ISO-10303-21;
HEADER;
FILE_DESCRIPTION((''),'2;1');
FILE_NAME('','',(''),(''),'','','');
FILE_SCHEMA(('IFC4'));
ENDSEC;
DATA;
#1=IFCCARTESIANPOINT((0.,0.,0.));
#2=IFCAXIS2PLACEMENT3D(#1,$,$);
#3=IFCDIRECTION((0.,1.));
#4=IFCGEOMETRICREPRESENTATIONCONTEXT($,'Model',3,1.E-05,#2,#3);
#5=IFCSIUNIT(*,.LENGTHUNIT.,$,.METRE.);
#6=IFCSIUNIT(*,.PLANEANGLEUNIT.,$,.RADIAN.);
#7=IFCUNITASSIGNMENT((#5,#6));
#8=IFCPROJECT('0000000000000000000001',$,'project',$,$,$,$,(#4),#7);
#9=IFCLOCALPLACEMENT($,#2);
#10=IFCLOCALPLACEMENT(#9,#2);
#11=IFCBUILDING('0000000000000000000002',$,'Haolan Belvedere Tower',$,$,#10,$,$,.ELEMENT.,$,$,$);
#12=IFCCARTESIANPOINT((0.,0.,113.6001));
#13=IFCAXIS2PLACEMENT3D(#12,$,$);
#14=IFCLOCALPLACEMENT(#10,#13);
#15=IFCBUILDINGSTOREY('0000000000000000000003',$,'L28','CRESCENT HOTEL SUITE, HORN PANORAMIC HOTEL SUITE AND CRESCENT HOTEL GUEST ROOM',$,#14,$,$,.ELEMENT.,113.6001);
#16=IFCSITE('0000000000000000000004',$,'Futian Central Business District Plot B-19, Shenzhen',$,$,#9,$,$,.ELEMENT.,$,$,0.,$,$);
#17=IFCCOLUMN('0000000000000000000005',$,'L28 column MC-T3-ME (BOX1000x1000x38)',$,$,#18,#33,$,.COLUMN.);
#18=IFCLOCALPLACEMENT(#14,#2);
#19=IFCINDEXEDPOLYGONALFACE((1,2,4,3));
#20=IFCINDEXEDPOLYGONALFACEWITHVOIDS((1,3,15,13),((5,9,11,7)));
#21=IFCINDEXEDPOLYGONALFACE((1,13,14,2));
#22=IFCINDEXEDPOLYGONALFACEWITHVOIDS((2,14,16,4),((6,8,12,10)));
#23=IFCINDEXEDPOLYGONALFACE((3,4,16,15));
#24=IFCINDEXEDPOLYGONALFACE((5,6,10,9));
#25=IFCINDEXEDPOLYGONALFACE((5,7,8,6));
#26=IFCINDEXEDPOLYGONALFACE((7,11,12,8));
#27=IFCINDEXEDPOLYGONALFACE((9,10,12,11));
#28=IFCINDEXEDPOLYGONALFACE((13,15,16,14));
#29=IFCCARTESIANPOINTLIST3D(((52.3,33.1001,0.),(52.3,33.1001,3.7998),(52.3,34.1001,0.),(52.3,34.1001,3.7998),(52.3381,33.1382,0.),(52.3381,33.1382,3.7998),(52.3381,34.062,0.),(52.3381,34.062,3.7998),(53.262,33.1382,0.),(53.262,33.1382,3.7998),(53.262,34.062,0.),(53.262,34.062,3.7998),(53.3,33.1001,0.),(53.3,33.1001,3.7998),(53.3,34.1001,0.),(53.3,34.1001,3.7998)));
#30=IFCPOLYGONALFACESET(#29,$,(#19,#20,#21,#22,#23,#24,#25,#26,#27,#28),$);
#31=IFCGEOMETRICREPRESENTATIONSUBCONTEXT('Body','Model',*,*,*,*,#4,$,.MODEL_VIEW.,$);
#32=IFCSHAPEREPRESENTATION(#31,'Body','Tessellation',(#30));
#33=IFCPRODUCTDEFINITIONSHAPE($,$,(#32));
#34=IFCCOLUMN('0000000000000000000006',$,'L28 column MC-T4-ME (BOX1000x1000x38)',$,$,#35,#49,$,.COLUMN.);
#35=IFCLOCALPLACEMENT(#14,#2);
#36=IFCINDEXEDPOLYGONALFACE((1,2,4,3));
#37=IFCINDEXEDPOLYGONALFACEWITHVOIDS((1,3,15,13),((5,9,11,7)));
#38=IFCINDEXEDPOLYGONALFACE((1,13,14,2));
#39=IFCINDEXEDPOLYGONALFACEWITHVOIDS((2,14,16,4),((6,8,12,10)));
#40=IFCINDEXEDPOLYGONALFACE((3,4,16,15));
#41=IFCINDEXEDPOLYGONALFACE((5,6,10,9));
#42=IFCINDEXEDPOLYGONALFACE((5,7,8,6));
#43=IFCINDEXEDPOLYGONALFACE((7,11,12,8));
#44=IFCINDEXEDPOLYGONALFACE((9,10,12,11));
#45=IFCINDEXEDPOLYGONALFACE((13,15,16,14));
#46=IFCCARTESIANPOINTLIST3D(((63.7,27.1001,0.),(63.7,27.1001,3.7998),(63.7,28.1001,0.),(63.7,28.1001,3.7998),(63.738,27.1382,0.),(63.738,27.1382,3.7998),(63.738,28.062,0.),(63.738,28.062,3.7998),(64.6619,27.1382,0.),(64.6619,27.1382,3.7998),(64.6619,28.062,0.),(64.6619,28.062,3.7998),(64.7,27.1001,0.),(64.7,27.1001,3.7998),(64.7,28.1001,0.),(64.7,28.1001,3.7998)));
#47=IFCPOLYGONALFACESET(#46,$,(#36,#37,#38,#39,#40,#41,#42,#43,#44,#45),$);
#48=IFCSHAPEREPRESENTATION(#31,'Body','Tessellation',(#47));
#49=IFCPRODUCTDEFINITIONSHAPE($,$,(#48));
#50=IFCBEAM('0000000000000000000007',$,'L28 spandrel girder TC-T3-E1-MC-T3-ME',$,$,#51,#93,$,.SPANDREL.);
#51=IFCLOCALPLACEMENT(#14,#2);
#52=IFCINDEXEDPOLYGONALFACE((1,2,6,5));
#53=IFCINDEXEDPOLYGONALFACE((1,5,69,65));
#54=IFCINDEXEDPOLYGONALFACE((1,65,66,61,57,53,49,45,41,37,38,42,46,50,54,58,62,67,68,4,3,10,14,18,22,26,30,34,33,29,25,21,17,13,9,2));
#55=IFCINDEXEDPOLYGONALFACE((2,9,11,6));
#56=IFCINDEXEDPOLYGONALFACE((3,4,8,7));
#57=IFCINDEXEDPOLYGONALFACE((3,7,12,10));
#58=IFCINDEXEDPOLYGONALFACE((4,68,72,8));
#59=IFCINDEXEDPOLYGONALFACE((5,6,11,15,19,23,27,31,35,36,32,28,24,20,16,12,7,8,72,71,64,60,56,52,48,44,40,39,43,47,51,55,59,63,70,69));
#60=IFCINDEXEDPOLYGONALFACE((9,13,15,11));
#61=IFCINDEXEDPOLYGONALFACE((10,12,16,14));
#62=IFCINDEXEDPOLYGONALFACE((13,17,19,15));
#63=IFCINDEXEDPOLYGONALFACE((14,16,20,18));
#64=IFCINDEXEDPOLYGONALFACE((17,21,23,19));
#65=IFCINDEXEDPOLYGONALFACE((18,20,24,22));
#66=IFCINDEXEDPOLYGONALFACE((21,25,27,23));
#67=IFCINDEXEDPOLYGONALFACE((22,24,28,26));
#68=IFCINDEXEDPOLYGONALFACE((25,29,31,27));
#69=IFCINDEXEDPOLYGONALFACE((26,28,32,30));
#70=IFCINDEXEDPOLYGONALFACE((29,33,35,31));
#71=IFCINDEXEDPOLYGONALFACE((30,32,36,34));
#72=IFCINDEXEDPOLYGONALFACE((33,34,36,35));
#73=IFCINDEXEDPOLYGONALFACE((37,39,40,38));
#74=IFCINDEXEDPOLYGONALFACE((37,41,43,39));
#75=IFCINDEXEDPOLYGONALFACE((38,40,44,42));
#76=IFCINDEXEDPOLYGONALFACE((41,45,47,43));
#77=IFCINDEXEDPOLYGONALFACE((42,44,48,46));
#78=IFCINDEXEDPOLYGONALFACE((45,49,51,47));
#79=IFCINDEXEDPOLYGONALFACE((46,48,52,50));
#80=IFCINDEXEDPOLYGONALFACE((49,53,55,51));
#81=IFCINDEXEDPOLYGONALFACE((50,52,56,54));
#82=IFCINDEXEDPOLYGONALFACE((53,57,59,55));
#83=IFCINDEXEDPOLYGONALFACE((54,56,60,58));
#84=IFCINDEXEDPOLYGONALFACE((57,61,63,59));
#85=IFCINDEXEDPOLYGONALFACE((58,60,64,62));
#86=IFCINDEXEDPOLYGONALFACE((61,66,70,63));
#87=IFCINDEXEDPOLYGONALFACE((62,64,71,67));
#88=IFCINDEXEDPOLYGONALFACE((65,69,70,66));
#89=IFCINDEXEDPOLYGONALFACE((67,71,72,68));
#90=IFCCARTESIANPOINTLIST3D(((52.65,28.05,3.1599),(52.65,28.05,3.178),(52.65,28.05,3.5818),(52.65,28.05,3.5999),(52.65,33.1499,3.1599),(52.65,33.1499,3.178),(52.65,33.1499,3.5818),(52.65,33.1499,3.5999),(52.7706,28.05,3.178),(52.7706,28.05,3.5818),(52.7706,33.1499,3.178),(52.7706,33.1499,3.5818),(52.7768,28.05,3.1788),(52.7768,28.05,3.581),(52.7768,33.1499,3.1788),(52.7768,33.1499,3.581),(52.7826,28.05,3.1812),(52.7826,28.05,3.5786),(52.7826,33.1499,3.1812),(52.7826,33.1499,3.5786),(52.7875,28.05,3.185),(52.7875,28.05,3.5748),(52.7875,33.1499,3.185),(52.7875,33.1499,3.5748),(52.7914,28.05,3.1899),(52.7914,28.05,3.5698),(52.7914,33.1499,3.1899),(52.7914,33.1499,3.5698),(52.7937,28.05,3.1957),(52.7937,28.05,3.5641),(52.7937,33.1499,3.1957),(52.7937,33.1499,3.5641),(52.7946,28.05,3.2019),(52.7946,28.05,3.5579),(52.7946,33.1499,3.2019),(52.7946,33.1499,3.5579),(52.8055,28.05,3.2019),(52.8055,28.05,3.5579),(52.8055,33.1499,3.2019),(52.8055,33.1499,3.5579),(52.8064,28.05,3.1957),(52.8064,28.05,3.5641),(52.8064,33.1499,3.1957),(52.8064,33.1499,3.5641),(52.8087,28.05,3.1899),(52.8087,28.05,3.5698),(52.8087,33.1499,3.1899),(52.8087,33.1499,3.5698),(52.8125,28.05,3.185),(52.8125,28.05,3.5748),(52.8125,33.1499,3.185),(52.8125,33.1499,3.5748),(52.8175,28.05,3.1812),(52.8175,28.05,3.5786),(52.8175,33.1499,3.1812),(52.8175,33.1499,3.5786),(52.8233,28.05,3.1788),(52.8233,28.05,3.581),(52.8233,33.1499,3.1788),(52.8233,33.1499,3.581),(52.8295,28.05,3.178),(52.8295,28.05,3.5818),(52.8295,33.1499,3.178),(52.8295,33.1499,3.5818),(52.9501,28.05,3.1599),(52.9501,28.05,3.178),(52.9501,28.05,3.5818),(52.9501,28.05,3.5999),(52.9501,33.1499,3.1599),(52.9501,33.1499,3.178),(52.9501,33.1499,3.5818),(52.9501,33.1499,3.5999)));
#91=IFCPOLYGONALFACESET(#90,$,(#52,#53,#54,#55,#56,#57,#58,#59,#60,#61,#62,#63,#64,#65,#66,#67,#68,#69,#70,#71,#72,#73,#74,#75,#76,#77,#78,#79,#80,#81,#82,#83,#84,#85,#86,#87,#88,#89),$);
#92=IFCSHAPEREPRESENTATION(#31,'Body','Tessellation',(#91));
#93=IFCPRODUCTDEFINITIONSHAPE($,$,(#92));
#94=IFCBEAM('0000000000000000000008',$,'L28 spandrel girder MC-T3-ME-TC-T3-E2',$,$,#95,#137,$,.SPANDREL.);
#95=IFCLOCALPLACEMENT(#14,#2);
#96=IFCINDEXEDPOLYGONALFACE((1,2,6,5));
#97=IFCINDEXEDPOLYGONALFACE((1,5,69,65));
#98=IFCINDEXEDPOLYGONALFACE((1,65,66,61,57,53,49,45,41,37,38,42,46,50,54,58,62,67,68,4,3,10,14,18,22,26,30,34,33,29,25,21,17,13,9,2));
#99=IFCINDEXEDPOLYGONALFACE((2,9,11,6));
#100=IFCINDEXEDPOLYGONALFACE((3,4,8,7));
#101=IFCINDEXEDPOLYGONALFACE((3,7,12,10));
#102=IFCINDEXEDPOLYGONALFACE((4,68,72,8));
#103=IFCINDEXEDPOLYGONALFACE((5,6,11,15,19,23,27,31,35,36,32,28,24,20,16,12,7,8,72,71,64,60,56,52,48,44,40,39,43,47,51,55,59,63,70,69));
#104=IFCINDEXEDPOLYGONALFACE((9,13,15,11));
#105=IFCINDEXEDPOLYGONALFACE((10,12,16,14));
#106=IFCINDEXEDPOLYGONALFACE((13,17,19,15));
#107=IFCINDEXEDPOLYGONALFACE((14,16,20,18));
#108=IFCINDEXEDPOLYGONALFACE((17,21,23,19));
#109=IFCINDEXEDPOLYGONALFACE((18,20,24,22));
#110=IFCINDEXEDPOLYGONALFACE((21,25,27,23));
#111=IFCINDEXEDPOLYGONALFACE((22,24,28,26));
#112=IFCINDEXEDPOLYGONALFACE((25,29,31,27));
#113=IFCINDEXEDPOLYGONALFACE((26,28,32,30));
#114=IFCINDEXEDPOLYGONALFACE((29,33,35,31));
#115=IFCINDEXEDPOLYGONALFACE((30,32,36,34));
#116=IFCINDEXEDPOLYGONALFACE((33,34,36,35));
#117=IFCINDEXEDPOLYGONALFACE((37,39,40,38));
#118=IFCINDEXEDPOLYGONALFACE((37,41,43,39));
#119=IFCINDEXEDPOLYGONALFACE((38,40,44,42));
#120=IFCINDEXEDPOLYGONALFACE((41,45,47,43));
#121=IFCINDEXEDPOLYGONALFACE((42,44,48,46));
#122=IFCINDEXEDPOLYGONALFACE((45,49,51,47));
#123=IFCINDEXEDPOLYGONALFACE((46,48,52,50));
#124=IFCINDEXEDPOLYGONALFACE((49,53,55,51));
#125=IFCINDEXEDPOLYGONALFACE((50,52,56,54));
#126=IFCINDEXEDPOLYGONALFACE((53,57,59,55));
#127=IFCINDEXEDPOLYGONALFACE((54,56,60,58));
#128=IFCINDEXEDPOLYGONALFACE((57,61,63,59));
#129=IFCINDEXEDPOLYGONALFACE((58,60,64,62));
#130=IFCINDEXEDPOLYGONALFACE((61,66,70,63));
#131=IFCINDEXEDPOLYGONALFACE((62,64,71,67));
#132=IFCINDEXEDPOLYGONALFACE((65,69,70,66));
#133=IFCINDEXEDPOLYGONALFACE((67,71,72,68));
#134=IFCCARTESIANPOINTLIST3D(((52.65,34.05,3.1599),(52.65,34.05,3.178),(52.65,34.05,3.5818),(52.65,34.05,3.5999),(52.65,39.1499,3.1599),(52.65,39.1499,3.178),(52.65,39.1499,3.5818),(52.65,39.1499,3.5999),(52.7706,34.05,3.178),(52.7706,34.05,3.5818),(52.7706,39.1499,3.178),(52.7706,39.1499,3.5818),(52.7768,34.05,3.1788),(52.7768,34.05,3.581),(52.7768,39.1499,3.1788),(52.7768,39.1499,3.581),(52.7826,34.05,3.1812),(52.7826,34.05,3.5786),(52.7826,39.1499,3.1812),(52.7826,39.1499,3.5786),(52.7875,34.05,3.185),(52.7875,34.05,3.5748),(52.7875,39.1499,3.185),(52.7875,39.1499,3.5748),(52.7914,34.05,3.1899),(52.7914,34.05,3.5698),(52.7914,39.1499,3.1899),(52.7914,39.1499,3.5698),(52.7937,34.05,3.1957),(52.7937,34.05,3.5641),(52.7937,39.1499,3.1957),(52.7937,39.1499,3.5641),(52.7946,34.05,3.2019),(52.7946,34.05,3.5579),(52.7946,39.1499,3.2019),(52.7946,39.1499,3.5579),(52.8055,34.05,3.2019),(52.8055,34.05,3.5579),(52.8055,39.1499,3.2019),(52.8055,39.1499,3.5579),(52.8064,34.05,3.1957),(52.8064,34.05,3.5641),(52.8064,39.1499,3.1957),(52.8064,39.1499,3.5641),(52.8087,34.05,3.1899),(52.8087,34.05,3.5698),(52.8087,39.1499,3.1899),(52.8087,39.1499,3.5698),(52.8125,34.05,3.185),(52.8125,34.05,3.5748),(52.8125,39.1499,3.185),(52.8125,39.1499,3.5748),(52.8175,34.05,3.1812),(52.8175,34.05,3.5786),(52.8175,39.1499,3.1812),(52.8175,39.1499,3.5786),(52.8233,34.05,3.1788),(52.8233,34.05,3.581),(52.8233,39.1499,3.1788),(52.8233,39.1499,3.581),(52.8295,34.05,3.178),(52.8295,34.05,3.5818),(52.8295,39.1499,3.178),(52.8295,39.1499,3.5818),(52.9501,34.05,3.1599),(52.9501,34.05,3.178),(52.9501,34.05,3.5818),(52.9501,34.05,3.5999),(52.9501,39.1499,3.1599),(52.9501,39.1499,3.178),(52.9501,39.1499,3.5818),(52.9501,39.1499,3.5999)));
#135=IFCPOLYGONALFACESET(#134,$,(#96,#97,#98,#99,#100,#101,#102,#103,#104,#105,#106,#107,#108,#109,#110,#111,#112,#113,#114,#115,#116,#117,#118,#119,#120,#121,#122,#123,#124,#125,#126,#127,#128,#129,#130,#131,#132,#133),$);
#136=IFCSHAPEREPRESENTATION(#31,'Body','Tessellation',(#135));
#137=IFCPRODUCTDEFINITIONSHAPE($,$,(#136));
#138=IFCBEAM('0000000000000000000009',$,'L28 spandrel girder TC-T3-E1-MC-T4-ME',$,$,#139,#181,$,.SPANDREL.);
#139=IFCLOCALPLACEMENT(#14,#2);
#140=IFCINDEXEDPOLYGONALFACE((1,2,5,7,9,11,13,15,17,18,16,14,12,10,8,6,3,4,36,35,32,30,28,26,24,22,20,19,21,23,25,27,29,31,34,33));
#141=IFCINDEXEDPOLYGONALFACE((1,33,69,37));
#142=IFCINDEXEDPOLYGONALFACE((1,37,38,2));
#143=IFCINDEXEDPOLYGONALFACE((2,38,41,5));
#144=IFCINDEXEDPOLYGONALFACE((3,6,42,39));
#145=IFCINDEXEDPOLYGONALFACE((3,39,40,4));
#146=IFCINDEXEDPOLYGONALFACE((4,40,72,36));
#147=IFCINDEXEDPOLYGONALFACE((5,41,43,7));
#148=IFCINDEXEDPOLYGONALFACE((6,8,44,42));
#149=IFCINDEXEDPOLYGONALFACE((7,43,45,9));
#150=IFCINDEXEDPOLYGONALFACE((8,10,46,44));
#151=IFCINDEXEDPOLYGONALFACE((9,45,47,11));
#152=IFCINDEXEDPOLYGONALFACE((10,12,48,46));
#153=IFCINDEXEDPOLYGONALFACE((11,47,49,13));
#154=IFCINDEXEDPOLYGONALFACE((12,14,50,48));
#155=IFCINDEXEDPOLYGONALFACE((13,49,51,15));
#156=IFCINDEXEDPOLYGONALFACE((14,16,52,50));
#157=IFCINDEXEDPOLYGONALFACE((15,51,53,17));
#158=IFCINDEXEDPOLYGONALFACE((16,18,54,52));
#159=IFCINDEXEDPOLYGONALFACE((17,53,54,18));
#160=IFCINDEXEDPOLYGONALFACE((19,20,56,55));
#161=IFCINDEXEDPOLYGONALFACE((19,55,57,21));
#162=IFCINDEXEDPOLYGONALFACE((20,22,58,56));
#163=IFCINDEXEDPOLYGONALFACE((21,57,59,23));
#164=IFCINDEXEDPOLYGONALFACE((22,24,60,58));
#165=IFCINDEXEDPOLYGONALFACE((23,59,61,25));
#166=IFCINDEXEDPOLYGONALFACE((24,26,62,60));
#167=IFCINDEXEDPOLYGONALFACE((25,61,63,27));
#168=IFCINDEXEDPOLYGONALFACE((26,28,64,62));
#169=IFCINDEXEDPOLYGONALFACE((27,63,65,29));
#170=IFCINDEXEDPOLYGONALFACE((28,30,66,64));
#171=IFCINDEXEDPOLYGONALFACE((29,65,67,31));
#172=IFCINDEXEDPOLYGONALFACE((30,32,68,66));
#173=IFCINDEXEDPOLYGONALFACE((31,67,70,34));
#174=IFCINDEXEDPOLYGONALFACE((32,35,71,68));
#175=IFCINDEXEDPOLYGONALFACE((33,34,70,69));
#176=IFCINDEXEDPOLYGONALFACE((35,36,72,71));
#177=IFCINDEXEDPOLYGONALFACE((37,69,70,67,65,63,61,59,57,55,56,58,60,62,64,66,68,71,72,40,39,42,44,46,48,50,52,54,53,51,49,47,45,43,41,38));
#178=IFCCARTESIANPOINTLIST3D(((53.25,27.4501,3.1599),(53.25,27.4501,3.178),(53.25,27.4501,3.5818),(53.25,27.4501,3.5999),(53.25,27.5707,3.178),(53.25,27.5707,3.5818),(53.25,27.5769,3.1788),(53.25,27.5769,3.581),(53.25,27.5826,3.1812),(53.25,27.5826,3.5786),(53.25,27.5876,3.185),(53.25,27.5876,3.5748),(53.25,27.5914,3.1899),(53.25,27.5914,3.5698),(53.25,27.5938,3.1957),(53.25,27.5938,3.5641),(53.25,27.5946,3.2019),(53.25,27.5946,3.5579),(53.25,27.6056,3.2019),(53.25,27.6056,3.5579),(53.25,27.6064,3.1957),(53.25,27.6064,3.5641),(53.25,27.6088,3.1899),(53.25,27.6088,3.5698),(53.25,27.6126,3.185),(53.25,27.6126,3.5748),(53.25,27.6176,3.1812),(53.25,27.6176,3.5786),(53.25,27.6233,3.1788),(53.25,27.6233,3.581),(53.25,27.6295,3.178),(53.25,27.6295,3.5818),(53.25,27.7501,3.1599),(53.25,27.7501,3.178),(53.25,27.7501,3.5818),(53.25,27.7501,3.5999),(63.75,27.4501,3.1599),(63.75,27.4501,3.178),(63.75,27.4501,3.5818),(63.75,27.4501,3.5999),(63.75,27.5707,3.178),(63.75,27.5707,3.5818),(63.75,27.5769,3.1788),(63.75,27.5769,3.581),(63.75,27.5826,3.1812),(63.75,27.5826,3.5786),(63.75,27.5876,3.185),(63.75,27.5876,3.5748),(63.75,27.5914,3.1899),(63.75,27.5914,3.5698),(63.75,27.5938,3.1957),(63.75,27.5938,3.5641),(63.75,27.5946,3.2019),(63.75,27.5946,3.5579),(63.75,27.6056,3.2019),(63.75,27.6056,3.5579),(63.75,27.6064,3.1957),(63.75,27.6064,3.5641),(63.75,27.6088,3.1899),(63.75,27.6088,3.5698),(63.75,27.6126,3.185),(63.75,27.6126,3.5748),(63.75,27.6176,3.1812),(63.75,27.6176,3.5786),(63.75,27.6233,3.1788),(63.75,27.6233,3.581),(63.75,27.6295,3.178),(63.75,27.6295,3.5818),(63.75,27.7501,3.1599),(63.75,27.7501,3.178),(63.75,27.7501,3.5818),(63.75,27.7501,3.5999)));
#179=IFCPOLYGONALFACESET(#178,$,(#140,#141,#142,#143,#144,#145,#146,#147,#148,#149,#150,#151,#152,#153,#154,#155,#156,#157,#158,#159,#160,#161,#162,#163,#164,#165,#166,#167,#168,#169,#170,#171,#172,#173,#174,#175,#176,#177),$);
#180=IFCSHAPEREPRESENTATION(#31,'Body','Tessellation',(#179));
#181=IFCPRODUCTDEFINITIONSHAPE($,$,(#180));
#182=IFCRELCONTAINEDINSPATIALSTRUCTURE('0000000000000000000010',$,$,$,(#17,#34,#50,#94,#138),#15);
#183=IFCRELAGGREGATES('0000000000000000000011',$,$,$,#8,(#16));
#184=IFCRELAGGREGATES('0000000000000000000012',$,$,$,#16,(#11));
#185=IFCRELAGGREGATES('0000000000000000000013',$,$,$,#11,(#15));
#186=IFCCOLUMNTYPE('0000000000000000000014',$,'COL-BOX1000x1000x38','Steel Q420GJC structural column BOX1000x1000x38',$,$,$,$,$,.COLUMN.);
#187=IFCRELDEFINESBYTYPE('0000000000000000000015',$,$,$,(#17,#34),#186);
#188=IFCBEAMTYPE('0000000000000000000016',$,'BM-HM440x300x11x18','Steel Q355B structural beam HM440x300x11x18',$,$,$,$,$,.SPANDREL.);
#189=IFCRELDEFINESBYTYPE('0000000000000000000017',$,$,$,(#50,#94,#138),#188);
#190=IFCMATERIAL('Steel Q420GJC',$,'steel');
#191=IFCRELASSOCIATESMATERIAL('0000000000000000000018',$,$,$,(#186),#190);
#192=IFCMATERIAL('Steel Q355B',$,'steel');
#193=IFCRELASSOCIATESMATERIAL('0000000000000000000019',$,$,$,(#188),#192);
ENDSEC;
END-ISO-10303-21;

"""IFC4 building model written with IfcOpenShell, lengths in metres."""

from ifc_helpers import new_model, si_unit, direction, frame, origin, origin_2d, place, context, subcontext, project, spatial, hollow_rectangle, i_section, extrude, material, material_profile, profile_set, type_object, element, save


model = new_model("IFC4")

# Units and contexts
model_context = context("Model", 3, precision=1e-05, world=origin(), true_north=direction((0.0, 1.0)))
body_context = subcontext(model_context, "Body", "Model", "MODEL_VIEW")
ifc_project = project(units=[si_unit("LENGTHUNIT", "METRE"), si_unit("PLANEANGLEUNIT", "RADIAN")], contexts=[model_context])

# Site, building, storey
site_placement = place(None, origin())
site = spatial("IfcSite", under=ifc_project, at=site_placement, Name="Futian Central Business District Plot B-19, Shenzhen", CompositionType="ELEMENT", RefElevation=0.0)
building_placement = place(site_placement, origin())
building = spatial("IfcBuilding", under=site, at=building_placement, Name="Haolan Belvedere Tower", CompositionType="ELEMENT")
storey_placement = place(building_placement, frame((0.0, 0.0, 113.6001)))
storey = spatial("IfcBuildingStorey", under=building, at=storey_placement, Name="L28", Description="CRESCENT HOTEL SUITE, HORN PANORAMIC HOTEL SUITE AND CRESCENT HOTEL GUEST ROOM", CompositionType="ELEMENT", Elevation=113.6001)

# Columns
ifc_material_1 = material(Name="Steel Q420GJC", Category="steel")
ifc_material_profile_1 = material_profile(ifc_material_1, hollow_rectangle(XDim=1.0, YDim=1.0, WallThickness=0.0381, at=origin_2d()), Name="Steel Q420GJC")
ifc_profile_set_1 = profile_set([ifc_material_profile_1], Name="Steel Q420GJC")
column_type = type_object("IfcColumnType", Name="COL-BOX1000x1000x38", Description="Steel Q420GJC structural column BOX1000x1000x38", PredefinedType="COLUMN", material=ifc_profile_set_1)
for number, where, z_axis, x_axis, name in (
    (1, (52.8, 33.6001, 0.0), (0.0, 0.0, 1.0), (1.0, 0.0, 0.0), "L28 column MC-T3-ME (BOX1000x1000x38)"),
    (2, (64.2, 27.6001, 0.0), (0.0, 0.0, 1.0), (1.0, 0.0, 0.0), "L28 column MC-T4-ME (BOX1000x1000x38)"),
):
    element("IfcColumn", number, at=place(storey_placement, frame(where, z_axis=z_axis, x_axis=x_axis)), inside=storey, type_object=column_type, Name=name, PredefinedType="COLUMN", context=body_context, shape_type="SweptSolid", body=[
        extrude(hollow_rectangle(XDim=1.0, YDim=1.0, WallThickness=0.0381, at=origin_2d()), origin(), (0.0, 0.0, 1.0), 3.7998),
    ])

# Beams
ifc_material_2 = material(Name="Steel Q355B", Category="steel")
ifc_material_profile_2 = material_profile(ifc_material_2, i_section(OverallWidth=0.3, OverallDepth=0.4399, WebThickness=0.011, FlangeThickness=0.0181, FilletRadius=0.0239, at=origin_2d()), Name="Steel Q355B")
ifc_profile_set_2 = profile_set([ifc_material_profile_2], Name="Steel Q355B")
beam_type_1 = type_object("IfcBeamType", Name="BM-HM440x300x11x18", Description="Steel Q355B structural beam HM440x300x11x18", PredefinedType="SPANDREL", material=ifc_profile_set_2)
for number, where, z_axis, x_axis, name in (
    (3, (52.8, 28.05, 3.3799), (0.0, 1.0, 0.0), (-1.0, 0.0, 0.0), "L28 spandrel girder TC-T3-E1-MC-T3-ME"),
    (4, (52.8, 34.05, 3.3799), (0.0, 1.0, 0.0), (-1.0, 0.0, 0.0), "L28 spandrel girder MC-T3-ME-TC-T3-E2"),
):
    element("IfcBeam", number, at=place(storey_placement, frame(where, z_axis=z_axis, x_axis=x_axis)), inside=storey, type_object=beam_type_1, Name=name, PredefinedType="SPANDREL", context=body_context, shape_type="SweptSolid", body=[
        extrude(i_section(OverallWidth=0.3, OverallDepth=0.4399, WebThickness=0.011, FlangeThickness=0.0181, FilletRadius=0.0239, at=origin_2d()), origin(), (0.0, 0.0, 1.0), 5.0999),
    ])
beam_1_placement = place(storey_placement, frame((53.25, 27.6001, 3.3799), z_axis=(1.0, 0.0, 0.0), x_axis=(0.0, 1.0, 0.0)))
element("IfcBeam", 5, at=beam_1_placement, inside=storey, type_object=beam_type_1, Name="L28 spandrel girder TC-T3-E1-MC-T4-ME", PredefinedType="SPANDREL", context=body_context, shape_type="SweptSolid", body=[
    extrude(i_section(OverallWidth=0.3, OverallDepth=0.4399, WebThickness=0.011, FlangeThickness=0.0181, FilletRadius=0.0239, at=origin_2d()), origin(), (0.0, 0.0, 1.0), 10.5),
])

save(model, "model.ifc")
